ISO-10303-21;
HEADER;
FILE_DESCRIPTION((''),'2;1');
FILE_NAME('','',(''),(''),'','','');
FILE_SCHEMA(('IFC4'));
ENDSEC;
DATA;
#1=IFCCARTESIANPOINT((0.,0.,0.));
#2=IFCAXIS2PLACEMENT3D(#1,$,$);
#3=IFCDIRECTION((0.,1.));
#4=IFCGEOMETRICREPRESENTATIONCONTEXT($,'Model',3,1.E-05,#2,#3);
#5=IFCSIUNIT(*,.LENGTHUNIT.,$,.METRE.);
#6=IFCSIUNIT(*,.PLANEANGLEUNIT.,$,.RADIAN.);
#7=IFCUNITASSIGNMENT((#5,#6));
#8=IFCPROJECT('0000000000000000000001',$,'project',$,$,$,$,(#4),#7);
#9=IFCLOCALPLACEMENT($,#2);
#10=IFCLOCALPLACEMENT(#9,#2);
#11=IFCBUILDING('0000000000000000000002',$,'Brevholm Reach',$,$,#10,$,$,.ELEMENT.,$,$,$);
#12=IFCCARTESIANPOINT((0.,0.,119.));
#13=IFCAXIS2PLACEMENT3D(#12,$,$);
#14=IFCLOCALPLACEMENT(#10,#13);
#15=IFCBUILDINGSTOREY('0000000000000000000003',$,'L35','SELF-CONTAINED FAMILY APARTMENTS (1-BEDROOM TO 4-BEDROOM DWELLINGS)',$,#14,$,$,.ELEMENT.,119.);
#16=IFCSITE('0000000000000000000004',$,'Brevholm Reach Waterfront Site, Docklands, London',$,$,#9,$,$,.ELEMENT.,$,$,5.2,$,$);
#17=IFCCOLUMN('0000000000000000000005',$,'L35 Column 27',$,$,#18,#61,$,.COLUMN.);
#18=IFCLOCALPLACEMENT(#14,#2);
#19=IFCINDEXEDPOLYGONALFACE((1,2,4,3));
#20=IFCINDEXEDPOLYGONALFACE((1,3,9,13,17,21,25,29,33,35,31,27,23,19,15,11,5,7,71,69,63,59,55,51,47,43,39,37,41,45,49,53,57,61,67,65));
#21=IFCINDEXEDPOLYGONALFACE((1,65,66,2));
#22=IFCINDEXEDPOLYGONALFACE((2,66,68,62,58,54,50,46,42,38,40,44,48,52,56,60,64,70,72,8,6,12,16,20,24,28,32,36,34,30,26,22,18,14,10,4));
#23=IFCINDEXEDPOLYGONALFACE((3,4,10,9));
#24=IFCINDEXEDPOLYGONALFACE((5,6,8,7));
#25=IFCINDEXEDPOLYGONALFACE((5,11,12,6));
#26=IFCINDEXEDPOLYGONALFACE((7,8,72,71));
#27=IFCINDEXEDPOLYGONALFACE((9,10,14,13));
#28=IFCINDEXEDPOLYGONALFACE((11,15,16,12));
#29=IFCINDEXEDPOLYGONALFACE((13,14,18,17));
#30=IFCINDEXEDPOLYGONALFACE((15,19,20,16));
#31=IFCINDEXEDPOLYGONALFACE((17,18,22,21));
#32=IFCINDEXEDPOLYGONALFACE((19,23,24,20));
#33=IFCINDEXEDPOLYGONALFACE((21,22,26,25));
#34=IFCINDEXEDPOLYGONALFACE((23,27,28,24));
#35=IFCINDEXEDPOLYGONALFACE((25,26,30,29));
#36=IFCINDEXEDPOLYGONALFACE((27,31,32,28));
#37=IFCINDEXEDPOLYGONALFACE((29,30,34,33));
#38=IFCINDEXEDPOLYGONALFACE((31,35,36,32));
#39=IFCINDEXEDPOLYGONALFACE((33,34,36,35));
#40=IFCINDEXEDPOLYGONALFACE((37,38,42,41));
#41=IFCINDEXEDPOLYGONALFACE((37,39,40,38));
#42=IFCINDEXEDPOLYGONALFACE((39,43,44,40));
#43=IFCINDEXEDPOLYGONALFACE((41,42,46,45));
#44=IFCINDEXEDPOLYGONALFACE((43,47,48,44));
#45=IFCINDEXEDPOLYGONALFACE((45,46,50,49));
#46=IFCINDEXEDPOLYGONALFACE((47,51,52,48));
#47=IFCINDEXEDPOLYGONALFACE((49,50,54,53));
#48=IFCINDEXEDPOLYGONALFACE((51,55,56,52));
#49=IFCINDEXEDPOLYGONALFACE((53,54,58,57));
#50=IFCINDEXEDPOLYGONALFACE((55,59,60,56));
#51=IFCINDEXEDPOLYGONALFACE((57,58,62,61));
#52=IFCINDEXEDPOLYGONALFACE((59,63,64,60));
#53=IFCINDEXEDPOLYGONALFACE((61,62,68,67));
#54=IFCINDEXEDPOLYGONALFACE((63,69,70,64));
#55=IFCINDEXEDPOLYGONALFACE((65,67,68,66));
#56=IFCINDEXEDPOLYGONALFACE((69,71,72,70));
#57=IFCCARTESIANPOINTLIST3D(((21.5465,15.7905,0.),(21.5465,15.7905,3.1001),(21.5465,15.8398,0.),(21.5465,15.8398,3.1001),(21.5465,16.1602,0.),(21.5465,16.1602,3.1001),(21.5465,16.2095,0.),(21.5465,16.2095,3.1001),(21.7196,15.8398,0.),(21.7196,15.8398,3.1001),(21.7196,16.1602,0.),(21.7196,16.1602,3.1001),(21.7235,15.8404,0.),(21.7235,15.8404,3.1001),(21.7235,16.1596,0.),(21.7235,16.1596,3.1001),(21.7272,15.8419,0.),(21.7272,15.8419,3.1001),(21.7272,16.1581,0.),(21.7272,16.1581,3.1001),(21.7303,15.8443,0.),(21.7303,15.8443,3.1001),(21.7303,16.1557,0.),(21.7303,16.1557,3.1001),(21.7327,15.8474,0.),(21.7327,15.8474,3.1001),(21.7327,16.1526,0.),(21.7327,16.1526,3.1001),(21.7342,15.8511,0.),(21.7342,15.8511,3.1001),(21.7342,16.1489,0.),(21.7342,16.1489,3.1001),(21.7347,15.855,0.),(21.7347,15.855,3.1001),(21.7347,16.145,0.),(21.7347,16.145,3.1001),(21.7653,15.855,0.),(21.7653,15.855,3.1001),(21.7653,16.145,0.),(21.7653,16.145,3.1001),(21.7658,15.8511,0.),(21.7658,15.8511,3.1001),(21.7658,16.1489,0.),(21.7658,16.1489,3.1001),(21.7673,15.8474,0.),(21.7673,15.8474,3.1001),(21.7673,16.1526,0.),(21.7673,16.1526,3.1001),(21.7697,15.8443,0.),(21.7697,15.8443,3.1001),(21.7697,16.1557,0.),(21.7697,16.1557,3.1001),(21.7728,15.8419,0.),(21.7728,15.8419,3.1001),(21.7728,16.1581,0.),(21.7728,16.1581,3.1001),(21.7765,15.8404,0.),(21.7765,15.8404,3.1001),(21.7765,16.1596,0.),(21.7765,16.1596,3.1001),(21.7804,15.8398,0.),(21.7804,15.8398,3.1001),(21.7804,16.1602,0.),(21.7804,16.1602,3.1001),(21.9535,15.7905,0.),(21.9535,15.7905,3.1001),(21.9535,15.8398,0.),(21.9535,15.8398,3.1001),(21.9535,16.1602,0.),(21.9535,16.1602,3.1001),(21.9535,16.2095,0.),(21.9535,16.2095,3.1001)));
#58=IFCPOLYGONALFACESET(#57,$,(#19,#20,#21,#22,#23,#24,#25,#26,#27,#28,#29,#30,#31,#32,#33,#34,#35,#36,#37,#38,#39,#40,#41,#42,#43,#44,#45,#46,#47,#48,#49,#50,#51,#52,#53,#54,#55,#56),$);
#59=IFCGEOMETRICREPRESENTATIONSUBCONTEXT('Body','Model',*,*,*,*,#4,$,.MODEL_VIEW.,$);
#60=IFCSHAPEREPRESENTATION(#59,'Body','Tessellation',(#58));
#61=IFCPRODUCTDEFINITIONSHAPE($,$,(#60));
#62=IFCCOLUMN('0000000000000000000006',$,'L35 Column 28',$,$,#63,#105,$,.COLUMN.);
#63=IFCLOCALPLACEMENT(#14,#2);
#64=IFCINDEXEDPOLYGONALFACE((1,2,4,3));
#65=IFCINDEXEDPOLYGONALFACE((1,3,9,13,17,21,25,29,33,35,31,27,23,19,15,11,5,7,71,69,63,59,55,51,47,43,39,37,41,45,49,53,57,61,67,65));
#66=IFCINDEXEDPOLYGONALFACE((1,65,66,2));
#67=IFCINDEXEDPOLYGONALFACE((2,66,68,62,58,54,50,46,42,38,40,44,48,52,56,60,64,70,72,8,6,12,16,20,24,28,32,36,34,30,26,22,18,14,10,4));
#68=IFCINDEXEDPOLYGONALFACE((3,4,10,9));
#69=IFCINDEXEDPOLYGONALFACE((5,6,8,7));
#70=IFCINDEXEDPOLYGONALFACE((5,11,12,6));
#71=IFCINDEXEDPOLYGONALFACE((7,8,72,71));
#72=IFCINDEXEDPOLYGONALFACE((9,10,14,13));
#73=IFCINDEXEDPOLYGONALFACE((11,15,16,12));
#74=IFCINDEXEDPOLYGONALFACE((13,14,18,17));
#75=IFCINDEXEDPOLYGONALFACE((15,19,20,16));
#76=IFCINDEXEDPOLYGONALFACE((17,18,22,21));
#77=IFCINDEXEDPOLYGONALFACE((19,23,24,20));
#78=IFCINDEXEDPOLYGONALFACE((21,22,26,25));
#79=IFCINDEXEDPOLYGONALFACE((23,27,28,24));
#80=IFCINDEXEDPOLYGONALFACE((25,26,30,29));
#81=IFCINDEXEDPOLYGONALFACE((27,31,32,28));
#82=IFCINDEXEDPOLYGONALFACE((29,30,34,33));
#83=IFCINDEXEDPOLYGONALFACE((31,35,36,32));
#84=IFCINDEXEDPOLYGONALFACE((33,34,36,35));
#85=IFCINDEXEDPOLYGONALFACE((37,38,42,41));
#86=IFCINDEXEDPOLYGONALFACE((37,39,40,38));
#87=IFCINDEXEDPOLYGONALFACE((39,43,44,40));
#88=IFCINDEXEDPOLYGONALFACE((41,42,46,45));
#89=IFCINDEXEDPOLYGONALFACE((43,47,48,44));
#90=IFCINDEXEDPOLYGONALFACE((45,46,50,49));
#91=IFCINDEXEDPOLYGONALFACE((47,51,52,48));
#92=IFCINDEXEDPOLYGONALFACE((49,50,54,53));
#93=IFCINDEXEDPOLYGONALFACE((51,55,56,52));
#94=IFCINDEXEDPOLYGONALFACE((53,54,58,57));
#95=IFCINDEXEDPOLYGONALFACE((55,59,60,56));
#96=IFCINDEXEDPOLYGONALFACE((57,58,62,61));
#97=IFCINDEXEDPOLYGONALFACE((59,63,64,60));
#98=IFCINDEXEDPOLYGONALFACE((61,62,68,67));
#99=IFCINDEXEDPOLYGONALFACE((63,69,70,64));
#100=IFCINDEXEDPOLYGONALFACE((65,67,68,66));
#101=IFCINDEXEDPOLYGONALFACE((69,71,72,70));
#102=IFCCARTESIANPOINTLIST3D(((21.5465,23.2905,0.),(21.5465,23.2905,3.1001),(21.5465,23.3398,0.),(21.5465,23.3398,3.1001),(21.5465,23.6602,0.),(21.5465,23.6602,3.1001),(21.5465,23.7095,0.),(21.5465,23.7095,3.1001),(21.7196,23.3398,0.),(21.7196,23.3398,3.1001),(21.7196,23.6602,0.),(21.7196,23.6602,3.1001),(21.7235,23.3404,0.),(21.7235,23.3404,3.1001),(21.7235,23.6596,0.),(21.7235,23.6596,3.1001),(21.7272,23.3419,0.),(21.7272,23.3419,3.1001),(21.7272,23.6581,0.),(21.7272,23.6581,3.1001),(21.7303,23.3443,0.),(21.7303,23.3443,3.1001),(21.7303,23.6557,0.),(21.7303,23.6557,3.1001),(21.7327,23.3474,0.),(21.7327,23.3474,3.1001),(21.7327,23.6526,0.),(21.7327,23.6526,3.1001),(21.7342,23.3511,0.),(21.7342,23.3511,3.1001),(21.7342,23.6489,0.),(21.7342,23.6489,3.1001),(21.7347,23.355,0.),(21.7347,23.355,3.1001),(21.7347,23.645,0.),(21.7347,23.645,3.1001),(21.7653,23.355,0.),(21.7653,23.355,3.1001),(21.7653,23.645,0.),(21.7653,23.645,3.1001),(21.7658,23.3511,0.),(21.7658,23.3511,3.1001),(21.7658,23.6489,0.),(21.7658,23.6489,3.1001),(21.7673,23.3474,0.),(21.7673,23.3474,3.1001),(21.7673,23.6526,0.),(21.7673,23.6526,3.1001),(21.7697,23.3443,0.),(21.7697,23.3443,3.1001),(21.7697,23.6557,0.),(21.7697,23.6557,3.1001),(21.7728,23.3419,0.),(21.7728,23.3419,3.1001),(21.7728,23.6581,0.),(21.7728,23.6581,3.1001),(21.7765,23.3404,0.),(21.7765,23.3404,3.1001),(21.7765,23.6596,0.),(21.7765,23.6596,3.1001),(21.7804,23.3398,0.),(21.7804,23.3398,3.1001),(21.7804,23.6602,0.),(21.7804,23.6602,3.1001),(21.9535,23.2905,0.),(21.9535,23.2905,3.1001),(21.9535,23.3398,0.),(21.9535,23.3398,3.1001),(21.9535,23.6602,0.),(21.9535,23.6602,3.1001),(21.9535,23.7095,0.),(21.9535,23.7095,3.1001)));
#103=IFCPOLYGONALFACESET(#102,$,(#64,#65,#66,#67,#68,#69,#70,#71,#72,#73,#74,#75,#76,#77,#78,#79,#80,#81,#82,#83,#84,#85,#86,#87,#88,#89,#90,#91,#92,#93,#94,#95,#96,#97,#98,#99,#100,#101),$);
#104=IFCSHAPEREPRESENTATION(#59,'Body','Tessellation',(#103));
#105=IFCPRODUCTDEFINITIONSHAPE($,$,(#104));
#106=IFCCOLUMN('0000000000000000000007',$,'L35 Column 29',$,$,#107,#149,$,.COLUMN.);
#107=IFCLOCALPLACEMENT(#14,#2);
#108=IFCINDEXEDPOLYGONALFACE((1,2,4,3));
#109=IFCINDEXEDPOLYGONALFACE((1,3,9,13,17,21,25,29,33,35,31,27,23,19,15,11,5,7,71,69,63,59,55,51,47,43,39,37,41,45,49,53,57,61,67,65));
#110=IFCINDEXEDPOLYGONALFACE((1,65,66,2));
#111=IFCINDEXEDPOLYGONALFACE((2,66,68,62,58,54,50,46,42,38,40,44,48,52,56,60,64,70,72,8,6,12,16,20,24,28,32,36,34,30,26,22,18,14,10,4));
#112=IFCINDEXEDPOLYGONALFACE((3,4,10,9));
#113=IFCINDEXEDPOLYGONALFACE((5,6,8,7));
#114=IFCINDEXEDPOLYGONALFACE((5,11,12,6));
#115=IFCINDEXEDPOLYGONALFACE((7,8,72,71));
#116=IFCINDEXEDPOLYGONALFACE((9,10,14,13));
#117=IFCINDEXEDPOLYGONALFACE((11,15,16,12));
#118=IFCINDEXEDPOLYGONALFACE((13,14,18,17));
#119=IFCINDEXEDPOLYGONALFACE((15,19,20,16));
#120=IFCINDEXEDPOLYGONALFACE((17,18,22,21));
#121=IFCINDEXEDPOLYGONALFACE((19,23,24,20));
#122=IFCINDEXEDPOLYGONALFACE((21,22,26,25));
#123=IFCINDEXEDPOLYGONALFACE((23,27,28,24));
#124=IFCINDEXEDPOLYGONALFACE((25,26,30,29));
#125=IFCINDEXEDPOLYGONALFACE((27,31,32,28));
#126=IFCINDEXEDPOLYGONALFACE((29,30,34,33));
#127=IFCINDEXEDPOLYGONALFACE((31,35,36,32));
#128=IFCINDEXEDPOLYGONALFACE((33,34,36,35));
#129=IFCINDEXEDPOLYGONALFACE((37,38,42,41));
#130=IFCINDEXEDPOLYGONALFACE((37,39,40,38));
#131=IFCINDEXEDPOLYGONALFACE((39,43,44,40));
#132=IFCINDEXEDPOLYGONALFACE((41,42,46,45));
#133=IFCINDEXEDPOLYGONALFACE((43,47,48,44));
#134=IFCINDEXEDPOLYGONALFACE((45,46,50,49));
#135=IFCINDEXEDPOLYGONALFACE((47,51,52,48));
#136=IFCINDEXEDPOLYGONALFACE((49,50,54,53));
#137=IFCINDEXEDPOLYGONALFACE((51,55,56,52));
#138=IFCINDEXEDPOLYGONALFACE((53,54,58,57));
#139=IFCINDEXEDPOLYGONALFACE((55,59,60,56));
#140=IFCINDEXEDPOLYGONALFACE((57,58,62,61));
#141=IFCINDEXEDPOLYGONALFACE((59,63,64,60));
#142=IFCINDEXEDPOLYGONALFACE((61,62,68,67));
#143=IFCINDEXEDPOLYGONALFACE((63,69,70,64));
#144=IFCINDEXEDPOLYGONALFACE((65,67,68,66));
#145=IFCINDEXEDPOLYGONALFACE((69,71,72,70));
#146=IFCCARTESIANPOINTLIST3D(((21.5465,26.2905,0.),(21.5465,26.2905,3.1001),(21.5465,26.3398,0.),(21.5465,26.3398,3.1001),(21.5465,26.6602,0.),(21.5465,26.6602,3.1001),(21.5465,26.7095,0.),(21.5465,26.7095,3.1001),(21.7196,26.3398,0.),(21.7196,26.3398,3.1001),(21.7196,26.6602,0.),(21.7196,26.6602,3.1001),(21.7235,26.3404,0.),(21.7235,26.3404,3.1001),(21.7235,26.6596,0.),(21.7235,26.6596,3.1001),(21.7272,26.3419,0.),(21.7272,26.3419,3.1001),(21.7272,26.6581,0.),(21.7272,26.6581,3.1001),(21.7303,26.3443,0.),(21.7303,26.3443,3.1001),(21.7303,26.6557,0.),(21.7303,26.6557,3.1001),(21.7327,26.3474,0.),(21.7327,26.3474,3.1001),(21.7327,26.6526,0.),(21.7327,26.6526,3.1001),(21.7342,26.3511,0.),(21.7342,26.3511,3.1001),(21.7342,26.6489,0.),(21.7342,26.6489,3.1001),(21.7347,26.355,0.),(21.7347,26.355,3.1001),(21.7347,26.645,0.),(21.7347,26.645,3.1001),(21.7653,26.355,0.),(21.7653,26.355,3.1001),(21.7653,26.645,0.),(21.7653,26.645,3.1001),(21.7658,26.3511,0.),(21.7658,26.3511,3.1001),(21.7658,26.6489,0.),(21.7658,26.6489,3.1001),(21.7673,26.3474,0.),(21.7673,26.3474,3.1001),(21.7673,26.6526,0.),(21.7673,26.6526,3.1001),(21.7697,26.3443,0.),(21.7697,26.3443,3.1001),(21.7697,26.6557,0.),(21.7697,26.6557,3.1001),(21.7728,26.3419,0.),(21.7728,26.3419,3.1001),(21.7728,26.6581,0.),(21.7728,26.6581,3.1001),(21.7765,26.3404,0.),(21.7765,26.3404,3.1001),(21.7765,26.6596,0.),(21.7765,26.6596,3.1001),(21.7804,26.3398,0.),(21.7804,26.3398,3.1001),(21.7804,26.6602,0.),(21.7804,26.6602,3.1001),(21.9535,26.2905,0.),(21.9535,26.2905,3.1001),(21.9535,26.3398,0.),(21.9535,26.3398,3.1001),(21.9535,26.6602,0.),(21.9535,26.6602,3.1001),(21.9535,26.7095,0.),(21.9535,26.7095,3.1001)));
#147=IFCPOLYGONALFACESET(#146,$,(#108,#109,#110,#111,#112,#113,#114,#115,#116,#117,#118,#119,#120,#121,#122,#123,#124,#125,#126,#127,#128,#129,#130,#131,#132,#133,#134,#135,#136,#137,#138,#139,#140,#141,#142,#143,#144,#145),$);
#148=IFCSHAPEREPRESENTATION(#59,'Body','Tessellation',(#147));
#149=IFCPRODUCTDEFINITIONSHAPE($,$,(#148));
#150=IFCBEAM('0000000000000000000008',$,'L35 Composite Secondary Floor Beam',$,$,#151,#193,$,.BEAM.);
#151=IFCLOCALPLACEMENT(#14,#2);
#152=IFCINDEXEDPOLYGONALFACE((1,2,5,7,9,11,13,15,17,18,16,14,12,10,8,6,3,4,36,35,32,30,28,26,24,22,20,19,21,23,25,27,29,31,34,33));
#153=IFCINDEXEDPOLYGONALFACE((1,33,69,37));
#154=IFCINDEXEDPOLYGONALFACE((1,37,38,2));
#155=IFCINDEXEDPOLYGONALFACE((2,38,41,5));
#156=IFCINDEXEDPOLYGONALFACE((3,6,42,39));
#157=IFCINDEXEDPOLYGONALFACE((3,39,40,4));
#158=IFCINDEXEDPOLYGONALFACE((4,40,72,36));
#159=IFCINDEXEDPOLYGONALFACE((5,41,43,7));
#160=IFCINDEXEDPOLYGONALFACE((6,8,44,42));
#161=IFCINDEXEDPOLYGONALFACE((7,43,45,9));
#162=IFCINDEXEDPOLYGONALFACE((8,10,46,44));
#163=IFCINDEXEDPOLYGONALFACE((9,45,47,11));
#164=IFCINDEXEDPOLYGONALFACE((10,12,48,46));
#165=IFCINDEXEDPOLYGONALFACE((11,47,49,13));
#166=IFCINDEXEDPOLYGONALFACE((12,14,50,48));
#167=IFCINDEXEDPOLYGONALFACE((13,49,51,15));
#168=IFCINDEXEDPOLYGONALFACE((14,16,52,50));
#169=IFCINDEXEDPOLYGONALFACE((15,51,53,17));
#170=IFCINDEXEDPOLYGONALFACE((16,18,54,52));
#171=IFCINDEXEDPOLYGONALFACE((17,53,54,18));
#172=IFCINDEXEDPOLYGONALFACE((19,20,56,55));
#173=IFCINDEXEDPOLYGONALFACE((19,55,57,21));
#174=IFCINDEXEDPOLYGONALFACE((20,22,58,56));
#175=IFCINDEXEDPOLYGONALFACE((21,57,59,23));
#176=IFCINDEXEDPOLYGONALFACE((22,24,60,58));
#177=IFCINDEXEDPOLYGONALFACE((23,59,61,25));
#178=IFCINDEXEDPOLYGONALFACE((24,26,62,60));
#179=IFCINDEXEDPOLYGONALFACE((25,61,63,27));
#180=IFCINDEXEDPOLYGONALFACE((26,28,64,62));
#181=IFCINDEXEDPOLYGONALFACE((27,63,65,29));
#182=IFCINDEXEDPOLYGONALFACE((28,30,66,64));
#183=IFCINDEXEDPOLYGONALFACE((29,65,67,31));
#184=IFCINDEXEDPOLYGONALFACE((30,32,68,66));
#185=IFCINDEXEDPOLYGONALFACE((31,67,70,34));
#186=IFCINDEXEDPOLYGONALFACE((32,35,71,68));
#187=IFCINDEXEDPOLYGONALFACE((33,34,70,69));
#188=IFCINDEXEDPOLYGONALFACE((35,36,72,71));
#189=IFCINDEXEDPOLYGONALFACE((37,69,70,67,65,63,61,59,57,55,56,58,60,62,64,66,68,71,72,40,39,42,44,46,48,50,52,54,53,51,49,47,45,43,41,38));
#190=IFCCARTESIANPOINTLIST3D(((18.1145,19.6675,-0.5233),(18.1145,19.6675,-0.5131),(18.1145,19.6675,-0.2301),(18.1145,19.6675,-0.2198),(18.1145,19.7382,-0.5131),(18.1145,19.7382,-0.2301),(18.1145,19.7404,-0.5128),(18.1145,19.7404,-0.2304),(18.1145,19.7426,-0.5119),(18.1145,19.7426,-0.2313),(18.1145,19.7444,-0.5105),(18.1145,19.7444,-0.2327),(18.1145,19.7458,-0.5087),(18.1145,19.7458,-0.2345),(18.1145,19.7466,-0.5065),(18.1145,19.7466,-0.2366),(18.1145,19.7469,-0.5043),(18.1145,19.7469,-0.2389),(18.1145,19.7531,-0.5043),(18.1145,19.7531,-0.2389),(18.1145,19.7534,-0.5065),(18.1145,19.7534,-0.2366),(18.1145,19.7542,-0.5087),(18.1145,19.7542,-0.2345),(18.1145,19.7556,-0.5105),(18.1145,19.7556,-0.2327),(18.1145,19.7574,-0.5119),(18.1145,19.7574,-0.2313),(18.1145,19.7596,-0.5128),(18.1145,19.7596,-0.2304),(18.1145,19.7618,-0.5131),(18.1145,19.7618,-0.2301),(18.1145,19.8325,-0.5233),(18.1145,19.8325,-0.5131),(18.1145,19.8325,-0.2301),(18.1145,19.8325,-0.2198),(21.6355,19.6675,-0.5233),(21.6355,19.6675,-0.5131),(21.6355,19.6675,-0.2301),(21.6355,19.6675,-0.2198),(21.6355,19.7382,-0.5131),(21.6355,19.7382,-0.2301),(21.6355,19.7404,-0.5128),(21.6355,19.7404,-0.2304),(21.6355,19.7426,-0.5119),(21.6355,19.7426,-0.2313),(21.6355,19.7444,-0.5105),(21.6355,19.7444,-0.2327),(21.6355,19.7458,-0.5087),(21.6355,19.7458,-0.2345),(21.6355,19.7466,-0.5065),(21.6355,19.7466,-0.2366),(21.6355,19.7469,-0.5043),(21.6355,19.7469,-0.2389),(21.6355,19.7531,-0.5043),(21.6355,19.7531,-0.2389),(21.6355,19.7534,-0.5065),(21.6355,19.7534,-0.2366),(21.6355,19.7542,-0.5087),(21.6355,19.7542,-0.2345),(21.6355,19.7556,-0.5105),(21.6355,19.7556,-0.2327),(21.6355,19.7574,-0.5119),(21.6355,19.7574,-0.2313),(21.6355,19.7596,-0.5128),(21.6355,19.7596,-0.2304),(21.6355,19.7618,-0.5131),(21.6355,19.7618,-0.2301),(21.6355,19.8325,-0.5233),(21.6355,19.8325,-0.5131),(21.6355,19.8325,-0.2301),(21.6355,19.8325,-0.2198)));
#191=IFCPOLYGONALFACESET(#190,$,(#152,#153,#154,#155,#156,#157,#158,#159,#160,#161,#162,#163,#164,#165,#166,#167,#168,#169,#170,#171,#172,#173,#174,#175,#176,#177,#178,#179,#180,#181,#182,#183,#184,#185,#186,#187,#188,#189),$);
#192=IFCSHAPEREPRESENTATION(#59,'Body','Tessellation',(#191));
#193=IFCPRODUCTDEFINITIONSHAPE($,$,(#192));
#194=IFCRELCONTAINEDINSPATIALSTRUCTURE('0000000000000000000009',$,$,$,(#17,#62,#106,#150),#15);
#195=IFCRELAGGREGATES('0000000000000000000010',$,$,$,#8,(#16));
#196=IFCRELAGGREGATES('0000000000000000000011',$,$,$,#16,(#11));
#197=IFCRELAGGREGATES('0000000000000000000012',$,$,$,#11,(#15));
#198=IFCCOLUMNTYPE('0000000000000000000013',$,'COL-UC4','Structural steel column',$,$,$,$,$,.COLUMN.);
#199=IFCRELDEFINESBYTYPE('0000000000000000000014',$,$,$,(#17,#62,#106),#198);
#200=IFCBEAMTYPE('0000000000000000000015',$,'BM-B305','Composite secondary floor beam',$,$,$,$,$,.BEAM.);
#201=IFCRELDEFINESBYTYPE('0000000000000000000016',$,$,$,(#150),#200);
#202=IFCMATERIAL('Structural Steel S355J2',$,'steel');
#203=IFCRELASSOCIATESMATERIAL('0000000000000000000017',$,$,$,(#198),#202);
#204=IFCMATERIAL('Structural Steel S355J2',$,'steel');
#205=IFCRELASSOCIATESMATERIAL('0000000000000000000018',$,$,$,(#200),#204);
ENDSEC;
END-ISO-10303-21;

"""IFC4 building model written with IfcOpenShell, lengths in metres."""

from ifc_helpers import new_model, si_unit, direction, frame, origin, origin_2d, place, context, subcontext, project, spatial, i_section, extrude, material, material_profile, profile_set, type_object, element, save


model = new_model("IFC4")

# Units and contexts
model_context = context("Model", 3, precision=1e-05, world=origin(), true_north=direction((0.0, 1.0)))
body_context = subcontext(model_context, "Body", "Model", "MODEL_VIEW")
ifc_project = project(units=[si_unit("LENGTHUNIT", "METRE"), si_unit("PLANEANGLEUNIT", "RADIAN")], contexts=[model_context])

# Site, building, storey
site_placement = place(None, origin())
site = spatial("IfcSite", under=ifc_project, at=site_placement, Name="Brevholm Reach Waterfront Site, Docklands, London", CompositionType="ELEMENT", RefElevation=5.2)
building_placement = place(site_placement, origin())
building = spatial("IfcBuilding", under=site, at=building_placement, Name="Brevholm Reach", CompositionType="ELEMENT")
storey_placement = place(building_placement, frame((0.0, 0.0, 119.0)))
storey = spatial("IfcBuildingStorey", under=building, at=storey_placement, Name="L35", Description="SELF-CONTAINED FAMILY APARTMENTS (1-BEDROOM TO 4-BEDROOM DWELLINGS)", CompositionType="ELEMENT", Elevation=119.0)

# Columns
ifc_material_1 = material(Name="Structural Steel S355J2", Category="steel")
ifc_material_profile_1 = material_profile(ifc_material_1, i_section(OverallWidth=0.407, OverallDepth=0.4189, WebThickness=0.0305, FlangeThickness=0.0493, FilletRadius=0.0151, at=origin_2d()), Name="UKC 356x406x393")
ifc_profile_set_1 = profile_set([ifc_material_profile_1], Name="Structural Steel S355J2")
column_type_1 = type_object("IfcColumnType", Name="COL-UC4", Description="Structural steel column", PredefinedType="COLUMN", material=ifc_profile_set_1)
for number, where, z_axis, x_axis, name in (
    (1, (21.75, 16.0, 0.0), (0.0, 0.0, 1.0), (1.0, 0.0, 0.0), "L35 Column 27"),
    (2, (21.75, 23.5, 0.0), (0.0, 0.0, 1.0), (1.0, 0.0, 0.0), "L35 Column 28"),
    (3, (21.75, 26.5, 0.0), (0.0, 0.0, 1.0), (1.0, 0.0, 0.0), "L35 Column 29"),
):
    element("IfcColumn", number, at=place(storey_placement, frame(where, z_axis=z_axis, x_axis=x_axis)), inside=storey, type_object=column_type_1, Name=name, PredefinedType="COLUMN", context=body_context, shape_type="SweptSolid", body=[
        extrude(i_section(OverallWidth=0.407, OverallDepth=0.4189, WebThickness=0.0305, FlangeThickness=0.0493, FilletRadius=0.0151, at=origin_2d()), origin(), (0.0, 0.0, 1.0), 3.1001),
    ])

# Beam
ifc_material_2 = material(Name="Structural Steel S355J2", Category="steel")
ifc_material_profile_2 = material_profile(ifc_material_2, i_section(OverallWidth=0.165, OverallDepth=0.3035, WebThickness=0.0061, FlangeThickness=0.0103, FilletRadius=0.0088, at=origin_2d()), Name="UKB 305x165x40")
ifc_profile_set_2 = profile_set([ifc_material_profile_2], Name="Structural Steel S355J2")
beam_type_1 = type_object("IfcBeamType", Name="BM-B305", Description="Composite secondary floor beam", PredefinedType="BEAM", material=ifc_profile_set_2)
beam_1_placement = place(storey_placement, frame((18.1145, 19.75, -0.3716), z_axis=(1.0, 0.0, 0.0), x_axis=(0.0, 1.0, 0.0)))
element("IfcBeam", 4, at=beam_1_placement, inside=storey, type_object=beam_type_1, Name="L35 Composite Secondary Floor Beam", PredefinedType="BEAM", context=body_context, shape_type="SweptSolid", body=[
    extrude(i_section(OverallWidth=0.165, OverallDepth=0.3035, WebThickness=0.0061, FlangeThickness=0.0103, FilletRadius=0.0088, at=origin_2d()), origin(), (0.0, 0.0, 1.0), 3.521),
])

save(model, "model.ifc")
